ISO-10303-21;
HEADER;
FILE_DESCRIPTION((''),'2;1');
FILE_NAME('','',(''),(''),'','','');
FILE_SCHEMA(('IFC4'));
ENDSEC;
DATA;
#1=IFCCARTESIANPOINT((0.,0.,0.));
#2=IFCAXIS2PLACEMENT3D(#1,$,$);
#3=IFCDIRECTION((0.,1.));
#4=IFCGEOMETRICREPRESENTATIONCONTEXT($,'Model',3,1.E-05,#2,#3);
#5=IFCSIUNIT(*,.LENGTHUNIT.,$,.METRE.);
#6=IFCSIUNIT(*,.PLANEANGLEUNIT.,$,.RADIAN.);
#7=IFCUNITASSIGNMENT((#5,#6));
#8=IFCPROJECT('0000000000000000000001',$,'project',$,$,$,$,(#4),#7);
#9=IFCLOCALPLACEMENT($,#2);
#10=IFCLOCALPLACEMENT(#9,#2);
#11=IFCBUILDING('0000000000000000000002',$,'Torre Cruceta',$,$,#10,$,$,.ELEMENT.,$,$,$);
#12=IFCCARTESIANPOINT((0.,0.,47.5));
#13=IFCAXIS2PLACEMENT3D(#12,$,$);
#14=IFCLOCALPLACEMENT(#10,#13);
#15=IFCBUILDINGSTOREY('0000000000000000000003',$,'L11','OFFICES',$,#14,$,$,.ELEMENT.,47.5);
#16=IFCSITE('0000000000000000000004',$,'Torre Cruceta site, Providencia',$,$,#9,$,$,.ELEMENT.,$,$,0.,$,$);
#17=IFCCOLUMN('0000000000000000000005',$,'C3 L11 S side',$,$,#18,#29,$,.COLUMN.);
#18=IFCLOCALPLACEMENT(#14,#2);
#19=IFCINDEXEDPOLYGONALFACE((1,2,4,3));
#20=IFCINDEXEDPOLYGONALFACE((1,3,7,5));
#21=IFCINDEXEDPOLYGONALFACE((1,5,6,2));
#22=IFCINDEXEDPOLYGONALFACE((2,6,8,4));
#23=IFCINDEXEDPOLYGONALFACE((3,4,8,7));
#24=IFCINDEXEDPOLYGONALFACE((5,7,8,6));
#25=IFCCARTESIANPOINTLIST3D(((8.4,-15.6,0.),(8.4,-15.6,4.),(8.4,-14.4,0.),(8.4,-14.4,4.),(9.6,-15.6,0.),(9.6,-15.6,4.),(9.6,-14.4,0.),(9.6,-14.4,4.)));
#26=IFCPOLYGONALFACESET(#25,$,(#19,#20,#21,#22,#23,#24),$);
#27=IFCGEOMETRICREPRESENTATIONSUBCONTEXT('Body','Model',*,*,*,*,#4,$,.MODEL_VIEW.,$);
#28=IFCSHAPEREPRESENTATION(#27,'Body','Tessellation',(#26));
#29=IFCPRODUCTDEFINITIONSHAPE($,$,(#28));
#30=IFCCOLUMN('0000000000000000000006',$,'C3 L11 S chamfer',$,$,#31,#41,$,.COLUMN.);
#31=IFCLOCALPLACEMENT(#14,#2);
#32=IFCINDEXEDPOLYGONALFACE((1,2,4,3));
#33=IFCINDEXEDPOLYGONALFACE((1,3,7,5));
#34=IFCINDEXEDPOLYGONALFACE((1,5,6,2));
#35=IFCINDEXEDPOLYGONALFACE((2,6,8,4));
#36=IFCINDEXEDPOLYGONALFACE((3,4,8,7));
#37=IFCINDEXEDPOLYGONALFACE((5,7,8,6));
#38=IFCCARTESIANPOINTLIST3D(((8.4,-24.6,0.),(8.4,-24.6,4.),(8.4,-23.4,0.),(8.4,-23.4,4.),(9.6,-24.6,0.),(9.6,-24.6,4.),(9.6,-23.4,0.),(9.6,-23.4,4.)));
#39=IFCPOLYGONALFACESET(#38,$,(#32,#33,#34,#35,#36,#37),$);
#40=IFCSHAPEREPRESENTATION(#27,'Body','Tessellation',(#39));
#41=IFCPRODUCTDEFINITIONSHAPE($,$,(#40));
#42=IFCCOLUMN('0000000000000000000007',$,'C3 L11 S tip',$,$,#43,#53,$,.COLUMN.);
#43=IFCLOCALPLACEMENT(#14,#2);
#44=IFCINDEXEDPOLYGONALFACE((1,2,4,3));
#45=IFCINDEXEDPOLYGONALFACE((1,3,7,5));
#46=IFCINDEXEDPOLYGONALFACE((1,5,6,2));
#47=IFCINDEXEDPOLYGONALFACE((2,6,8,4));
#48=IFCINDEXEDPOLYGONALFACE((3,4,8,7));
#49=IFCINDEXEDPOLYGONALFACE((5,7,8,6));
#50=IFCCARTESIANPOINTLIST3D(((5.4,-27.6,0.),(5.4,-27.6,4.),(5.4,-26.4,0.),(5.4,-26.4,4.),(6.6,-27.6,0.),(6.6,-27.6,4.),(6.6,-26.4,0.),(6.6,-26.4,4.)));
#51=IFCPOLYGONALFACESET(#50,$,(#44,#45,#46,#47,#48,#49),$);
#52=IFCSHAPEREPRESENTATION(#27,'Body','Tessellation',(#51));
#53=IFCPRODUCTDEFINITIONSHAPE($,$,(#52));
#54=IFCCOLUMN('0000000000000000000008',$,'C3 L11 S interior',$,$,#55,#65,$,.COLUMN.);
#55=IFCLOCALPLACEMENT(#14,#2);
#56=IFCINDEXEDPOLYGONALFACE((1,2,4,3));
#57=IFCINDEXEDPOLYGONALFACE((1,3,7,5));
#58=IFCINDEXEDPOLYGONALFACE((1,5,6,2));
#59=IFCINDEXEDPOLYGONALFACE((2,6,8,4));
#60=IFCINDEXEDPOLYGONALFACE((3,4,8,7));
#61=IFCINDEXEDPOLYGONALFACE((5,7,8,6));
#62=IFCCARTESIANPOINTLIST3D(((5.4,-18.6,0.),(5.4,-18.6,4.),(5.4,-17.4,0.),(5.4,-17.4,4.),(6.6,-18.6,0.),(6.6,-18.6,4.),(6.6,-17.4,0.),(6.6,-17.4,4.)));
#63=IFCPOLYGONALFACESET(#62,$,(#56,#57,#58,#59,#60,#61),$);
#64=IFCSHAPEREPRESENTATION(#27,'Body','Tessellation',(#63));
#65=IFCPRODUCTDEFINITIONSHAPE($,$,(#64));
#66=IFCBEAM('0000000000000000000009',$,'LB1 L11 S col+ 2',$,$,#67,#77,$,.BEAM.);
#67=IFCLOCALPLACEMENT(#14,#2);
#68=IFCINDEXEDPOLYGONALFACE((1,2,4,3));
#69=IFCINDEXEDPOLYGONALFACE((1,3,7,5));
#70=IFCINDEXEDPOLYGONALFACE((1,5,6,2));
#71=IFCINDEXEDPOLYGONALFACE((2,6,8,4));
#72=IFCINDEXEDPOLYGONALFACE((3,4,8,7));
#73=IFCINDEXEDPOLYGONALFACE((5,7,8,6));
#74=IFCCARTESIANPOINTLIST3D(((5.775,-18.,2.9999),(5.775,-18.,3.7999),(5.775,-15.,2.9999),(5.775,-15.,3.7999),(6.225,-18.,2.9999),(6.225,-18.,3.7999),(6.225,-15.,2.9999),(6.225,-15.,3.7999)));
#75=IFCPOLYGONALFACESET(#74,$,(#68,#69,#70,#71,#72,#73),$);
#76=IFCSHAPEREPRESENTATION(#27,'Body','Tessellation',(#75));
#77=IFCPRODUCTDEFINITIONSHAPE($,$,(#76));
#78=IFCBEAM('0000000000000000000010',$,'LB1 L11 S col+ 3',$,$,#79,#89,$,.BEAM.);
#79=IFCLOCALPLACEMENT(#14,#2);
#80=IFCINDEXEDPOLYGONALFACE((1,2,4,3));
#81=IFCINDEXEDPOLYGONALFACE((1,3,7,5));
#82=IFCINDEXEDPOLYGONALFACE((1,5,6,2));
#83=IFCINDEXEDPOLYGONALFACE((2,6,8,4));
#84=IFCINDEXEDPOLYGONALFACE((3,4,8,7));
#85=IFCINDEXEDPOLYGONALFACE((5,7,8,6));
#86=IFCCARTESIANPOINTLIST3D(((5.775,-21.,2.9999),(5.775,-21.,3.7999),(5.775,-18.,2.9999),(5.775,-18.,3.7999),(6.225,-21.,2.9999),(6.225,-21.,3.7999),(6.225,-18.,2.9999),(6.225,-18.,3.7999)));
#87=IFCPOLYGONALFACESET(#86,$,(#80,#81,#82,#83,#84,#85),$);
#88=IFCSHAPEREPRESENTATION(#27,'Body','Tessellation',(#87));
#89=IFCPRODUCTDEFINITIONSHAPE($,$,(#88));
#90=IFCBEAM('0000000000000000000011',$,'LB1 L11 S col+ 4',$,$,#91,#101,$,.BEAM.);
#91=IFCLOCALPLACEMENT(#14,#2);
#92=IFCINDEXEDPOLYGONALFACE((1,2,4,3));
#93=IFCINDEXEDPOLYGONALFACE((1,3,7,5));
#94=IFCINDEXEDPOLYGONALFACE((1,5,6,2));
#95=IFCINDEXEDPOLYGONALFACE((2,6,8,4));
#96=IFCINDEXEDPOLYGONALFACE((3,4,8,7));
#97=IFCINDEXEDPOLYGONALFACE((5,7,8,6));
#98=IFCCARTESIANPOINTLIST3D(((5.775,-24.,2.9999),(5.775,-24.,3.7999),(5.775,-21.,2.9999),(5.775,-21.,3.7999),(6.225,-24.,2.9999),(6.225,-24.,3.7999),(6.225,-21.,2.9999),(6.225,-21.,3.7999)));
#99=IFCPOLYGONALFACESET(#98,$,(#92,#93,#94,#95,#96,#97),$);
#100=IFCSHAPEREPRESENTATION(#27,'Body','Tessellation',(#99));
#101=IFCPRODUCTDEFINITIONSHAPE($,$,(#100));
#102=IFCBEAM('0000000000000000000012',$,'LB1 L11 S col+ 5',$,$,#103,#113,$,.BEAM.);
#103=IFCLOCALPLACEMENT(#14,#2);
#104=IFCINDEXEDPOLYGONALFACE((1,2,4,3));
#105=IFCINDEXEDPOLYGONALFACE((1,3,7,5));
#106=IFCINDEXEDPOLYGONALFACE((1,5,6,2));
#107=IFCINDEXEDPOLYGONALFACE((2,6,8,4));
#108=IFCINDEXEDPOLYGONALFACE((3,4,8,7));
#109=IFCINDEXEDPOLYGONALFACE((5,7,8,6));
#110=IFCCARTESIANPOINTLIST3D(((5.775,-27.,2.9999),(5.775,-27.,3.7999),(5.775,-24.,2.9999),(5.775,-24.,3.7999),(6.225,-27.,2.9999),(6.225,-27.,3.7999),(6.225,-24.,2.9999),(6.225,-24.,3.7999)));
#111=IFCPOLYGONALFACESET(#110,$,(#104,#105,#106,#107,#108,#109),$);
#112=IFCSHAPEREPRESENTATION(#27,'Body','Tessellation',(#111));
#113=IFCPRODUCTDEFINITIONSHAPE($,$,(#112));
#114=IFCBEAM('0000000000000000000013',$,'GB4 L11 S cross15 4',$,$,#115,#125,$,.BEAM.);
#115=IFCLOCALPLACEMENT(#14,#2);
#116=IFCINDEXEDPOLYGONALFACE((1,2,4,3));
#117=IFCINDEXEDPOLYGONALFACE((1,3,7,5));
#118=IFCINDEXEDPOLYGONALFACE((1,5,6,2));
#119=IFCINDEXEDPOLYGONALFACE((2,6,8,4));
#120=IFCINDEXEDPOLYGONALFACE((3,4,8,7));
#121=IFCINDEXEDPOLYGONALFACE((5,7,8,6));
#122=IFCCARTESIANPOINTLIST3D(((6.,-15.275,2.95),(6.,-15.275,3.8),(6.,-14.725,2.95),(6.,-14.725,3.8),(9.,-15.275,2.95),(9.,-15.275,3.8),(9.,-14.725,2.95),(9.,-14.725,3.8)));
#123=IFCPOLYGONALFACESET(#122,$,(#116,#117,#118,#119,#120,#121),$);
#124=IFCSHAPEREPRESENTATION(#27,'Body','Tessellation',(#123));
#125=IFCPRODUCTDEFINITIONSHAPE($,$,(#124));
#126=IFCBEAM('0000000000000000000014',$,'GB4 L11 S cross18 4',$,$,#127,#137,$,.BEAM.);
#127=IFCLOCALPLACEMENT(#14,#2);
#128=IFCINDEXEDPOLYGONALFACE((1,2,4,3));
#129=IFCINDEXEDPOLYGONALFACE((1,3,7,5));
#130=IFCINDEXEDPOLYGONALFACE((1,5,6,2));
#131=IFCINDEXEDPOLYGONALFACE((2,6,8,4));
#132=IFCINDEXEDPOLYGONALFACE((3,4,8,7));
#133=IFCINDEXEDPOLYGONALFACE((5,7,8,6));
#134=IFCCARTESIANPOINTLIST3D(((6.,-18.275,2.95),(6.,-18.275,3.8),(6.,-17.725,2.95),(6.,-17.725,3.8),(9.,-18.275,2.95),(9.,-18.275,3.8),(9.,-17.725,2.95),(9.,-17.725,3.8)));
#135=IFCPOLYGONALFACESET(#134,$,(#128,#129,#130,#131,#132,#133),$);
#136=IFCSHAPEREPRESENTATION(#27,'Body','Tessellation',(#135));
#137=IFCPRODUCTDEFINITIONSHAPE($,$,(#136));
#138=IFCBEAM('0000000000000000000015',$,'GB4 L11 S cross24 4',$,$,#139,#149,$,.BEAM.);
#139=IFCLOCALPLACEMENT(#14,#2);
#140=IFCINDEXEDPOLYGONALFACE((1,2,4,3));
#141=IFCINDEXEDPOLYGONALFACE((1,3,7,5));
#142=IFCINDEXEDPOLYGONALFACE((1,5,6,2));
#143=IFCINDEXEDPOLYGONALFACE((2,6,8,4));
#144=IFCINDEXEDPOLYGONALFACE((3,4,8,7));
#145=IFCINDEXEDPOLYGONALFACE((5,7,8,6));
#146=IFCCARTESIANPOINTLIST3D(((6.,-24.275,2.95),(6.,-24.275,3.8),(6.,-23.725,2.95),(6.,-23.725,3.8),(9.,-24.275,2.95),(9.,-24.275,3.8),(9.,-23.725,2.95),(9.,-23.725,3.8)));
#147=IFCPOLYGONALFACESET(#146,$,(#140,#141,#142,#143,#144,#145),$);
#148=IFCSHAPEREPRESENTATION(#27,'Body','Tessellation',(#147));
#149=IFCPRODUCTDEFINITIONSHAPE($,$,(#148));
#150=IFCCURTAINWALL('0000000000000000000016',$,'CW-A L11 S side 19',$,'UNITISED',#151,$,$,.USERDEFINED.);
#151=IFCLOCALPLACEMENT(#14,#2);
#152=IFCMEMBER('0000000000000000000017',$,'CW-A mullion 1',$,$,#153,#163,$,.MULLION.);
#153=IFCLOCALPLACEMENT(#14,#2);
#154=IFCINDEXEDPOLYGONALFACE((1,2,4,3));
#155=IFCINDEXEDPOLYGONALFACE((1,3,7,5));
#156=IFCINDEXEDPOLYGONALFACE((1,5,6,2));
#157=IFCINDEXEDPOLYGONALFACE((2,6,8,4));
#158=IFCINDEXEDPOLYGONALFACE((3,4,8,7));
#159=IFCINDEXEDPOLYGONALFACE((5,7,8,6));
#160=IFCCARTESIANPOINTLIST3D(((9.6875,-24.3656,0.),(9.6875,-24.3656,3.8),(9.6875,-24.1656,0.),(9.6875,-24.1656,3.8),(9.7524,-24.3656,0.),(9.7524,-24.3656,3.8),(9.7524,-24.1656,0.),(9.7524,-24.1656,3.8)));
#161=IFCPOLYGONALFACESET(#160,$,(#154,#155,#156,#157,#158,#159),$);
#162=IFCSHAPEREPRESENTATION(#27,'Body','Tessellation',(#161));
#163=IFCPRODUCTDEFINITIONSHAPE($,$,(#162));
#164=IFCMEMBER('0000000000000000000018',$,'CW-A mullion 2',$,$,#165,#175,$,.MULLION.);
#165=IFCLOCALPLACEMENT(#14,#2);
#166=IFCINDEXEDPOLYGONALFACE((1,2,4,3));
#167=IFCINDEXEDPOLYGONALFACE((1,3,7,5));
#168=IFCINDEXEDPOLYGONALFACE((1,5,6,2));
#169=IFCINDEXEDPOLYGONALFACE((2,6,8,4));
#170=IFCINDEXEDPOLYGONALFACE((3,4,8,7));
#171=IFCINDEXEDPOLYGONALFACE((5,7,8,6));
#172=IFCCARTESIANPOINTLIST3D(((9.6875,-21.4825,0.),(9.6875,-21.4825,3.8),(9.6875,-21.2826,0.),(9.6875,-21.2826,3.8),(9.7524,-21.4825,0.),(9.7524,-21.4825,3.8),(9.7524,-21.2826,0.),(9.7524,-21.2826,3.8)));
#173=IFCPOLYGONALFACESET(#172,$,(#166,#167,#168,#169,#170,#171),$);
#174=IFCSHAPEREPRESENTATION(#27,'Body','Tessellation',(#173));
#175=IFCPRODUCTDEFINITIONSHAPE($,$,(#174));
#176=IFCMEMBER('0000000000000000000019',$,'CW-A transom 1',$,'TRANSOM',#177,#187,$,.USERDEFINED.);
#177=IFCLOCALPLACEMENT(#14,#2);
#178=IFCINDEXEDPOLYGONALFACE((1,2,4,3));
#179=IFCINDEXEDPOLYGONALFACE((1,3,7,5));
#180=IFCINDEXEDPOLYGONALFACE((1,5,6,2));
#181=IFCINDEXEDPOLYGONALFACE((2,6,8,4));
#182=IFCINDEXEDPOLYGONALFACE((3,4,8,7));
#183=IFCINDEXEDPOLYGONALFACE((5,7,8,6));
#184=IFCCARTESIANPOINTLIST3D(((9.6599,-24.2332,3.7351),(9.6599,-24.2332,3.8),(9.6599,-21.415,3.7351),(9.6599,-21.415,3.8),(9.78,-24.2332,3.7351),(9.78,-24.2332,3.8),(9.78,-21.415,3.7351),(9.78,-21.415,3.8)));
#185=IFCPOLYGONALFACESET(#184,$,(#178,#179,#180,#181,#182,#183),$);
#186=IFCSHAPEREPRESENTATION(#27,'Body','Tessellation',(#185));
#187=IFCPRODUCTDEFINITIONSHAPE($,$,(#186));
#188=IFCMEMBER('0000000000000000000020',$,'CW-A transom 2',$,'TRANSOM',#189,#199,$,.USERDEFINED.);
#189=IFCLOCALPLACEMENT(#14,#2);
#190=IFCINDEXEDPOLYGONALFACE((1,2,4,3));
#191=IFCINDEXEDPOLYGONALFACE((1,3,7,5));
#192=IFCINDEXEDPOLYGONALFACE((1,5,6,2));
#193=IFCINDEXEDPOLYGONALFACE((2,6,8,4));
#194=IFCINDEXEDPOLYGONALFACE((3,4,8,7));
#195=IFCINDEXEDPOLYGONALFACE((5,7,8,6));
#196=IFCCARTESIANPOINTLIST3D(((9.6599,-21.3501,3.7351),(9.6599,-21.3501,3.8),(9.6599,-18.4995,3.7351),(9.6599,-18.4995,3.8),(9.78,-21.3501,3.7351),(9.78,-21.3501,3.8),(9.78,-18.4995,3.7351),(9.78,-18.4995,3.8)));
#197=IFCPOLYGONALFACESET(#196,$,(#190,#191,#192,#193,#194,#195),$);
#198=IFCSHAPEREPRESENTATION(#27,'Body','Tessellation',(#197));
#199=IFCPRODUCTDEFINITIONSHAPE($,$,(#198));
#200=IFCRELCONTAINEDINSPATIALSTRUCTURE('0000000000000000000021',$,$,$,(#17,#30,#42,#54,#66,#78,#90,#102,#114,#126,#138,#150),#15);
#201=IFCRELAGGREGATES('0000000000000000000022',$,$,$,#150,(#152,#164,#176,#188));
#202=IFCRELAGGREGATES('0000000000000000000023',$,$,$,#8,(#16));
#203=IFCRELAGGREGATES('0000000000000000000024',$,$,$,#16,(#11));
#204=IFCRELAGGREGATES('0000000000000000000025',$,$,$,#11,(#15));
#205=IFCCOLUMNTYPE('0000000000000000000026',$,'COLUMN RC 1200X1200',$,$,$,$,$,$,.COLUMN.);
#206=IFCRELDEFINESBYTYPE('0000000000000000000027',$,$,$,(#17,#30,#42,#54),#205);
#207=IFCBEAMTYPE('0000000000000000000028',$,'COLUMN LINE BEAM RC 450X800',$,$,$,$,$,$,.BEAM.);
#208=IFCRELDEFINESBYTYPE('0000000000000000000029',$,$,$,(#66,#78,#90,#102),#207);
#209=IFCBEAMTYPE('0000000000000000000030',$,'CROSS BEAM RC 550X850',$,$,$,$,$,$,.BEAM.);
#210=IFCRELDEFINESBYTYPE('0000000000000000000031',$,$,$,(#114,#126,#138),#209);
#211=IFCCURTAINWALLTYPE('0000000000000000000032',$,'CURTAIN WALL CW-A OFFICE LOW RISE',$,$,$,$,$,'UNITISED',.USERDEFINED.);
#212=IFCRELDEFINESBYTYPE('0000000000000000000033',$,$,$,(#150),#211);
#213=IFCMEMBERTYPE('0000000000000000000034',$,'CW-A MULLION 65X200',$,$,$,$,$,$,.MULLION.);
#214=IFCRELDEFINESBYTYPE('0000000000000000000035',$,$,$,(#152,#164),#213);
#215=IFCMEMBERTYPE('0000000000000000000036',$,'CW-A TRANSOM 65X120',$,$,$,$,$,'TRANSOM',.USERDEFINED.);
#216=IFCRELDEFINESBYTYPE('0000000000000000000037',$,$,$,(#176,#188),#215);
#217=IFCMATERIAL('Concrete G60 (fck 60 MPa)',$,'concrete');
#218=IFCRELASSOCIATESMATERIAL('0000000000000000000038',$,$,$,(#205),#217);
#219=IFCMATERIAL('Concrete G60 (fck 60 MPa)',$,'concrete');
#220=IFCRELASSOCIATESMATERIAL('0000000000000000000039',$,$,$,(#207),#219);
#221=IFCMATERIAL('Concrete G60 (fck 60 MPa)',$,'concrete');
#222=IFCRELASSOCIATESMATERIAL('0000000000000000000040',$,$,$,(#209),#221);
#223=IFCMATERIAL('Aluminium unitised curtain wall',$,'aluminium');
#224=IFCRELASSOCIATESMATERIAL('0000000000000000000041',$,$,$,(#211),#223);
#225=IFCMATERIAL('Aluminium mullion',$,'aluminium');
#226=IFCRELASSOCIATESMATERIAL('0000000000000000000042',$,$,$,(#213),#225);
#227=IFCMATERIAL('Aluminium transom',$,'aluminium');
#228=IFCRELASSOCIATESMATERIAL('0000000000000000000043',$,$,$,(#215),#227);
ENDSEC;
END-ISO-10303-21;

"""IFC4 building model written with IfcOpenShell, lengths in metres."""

from ifc_helpers import new_model, si_unit, direction, frame, origin, origin_2d, place, context, subcontext, project, spatial, rectangle, extrude, material, material_profile, profile_set, type_object, element, aggregate, save


model = new_model("IFC4")

# Units and contexts
model_context = context("Model", 3, precision=1e-05, world=origin(), true_north=direction((0.0, 1.0)))
body_context = subcontext(model_context, "Body", "Model", "MODEL_VIEW")
ifc_project = project(units=[si_unit("LENGTHUNIT", "METRE"), si_unit("PLANEANGLEUNIT", "RADIAN")], contexts=[model_context])

# Site, building, storey
site_placement = place(None, origin())
site = spatial("IfcSite", under=ifc_project, at=site_placement, Name="Torre Cruceta site, Providencia", CompositionType="ELEMENT", RefElevation=0.0)
building_placement = place(site_placement, origin())
building = spatial("IfcBuilding", under=site, at=building_placement, Name="Torre Cruceta", CompositionType="ELEMENT")
storey_placement = place(building_placement, frame((0.0, 0.0, 47.5)))
storey = spatial("IfcBuildingStorey", under=building, at=storey_placement, Name="L11", Description="OFFICES", CompositionType="ELEMENT", Elevation=47.5)

# Columns
ifc_material_1 = material(Name="Concrete G60 (fck 60 MPa)", Category="concrete")
ifc_material_profile_1 = material_profile(ifc_material_1, rectangle(XDim=1.2, YDim=1.2, at=origin_2d()), Name="RC 1200X1200")
ifc_profile_set_1 = profile_set([ifc_material_profile_1], Name="Concrete G60 (fck 60 MPa)")
column_type = type_object("IfcColumnType", Name="COLUMN RC 1200X1200", PredefinedType="COLUMN", material=ifc_profile_set_1)
for number, where, z_axis, x_axis, name in (
    (1, (9.0, -15.0, 0.0), (0.0, 0.0, 1.0), (1.0, 0.0, 0.0), "C3 L11 S side"),
    (2, (9.0, -24.0, 0.0), (0.0, 0.0, 1.0), (1.0, 0.0, 0.0), "C3 L11 S chamfer"),
    (3, (6.0, -27.0, 0.0), (0.0, 0.0, 1.0), (1.0, 0.0, 0.0), "C3 L11 S tip"),
    (4, (6.0, -18.0, 0.0), (0.0, 0.0, 1.0), (1.0, 0.0, 0.0), "C3 L11 S interior"),
):
    element("IfcColumn", number, at=place(storey_placement, frame(where, z_axis=z_axis, x_axis=x_axis)), inside=storey, type_object=column_type, Name=name, PredefinedType="COLUMN", context=body_context, shape_type="SweptSolid", body=[
        extrude(rectangle(XDim=1.2, YDim=1.2, at=origin_2d()), origin(), (0.0, 0.0, 1.0), 4.0),
    ])

# Beams
ifc_material_2 = material(Name="Concrete G60 (fck 60 MPa)", Category="concrete")
ifc_material_profile_2 = material_profile(ifc_material_2, rectangle(XDim=0.45, YDim=0.8, at=origin_2d()), Name="RC 450X800")
ifc_profile_set_2 = profile_set([ifc_material_profile_2], Name="Concrete G60 (fck 60 MPa)")
beam_type_1 = type_object("IfcBeamType", Name="COLUMN LINE BEAM RC 450X800", PredefinedType="BEAM", material=ifc_profile_set_2)
for number, where, z_axis, x_axis, name in (
    (5, (6.0, -15.0, 3.3999), (0.0, -1.0, 0.0), (1.0, 0.0, 0.0), "LB1 L11 S col+ 2"),
    (6, (6.0, -18.0, 3.3999), (0.0, -1.0, 0.0), (1.0, 0.0, 0.0), "LB1 L11 S col+ 3"),
    (7, (6.0, -21.0, 3.3999), (0.0, -1.0, 0.0), (1.0, 0.0, 0.0), "LB1 L11 S col+ 4"),
    (8, (6.0, -24.0, 3.3999), (0.0, -1.0, 0.0), (1.0, 0.0, 0.0), "LB1 L11 S col+ 5"),
):
    element("IfcBeam", number, at=place(storey_placement, frame(where, z_axis=z_axis, x_axis=x_axis)), inside=storey, type_object=beam_type_1, Name=name, PredefinedType="BEAM", context=body_context, shape_type="SweptSolid", body=[
        extrude(rectangle(XDim=0.45, YDim=0.8, at=origin_2d()), origin(), (0.0, 0.0, 1.0), 3.0),
    ])
ifc_material_3 = material(Name="Concrete G60 (fck 60 MPa)", Category="concrete")
ifc_material_profile_3 = material_profile(ifc_material_3, rectangle(XDim=0.55, YDim=0.8501, at=origin_2d()), Name="RC 550X850")
ifc_profile_set_3 = profile_set([ifc_material_profile_3], Name="Concrete G60 (fck 60 MPa)")
beam_type_2 = type_object("IfcBeamType", Name="CROSS BEAM RC 550X850", PredefinedType="BEAM", material=ifc_profile_set_3)
for number, where, z_axis, x_axis, name in (
    (9, (6.0, -15.0, 3.375), (1.0, 0.0, 0.0), (0.0, 1.0, 0.0), "GB4 L11 S cross15 4"),
    (10, (6.0, -18.0, 3.375), (1.0, 0.0, 0.0), (0.0, 1.0, 0.0), "GB4 L11 S cross18 4"),
    (11, (6.0, -24.0, 3.375), (1.0, 0.0, 0.0), (0.0, 1.0, 0.0), "GB4 L11 S cross24 4"),
):
    element("IfcBeam", number, at=place(storey_placement, frame(where, z_axis=z_axis, x_axis=x_axis)), inside=storey, type_object=beam_type_2, Name=name, PredefinedType="BEAM", context=body_context, shape_type="SweptSolid", body=[
        extrude(rectangle(XDim=0.55, YDim=0.8501, at=origin_2d()), origin(), (0.0, 0.0, 1.0), 3.0),
    ])

# Curtain wall, members
ifc_material_4 = material(Name="Aluminium unitised curtain wall", Category="aluminium")
curtain_wall_type = type_object("IfcCurtainWallType", Name="CURTAIN WALL CW-A OFFICE LOW RISE", ElementType="UNITISED", PredefinedType="USERDEFINED", material=ifc_material_4)
curtain_wall_placement = place(storey_placement, origin())
curtain_wall = element("IfcCurtainWall", 12, at=curtain_wall_placement, inside=storey, type_object=curtain_wall_type, Name="CW-A L11 S side 19", ObjectType="UNITISED", PredefinedType="USERDEFINED")
ifc_material_5 = material(Name="Aluminium mullion", Category="aluminium")
ifc_material_profile_4 = material_profile(ifc_material_5, rectangle(XDim=0.0649, YDim=0.2, at=origin_2d()), Name="AL 65X200")
ifc_profile_set_4 = profile_set([ifc_material_profile_4], Name="Aluminium mullion")
member_type_1 = type_object("IfcMemberType", Name="CW-A MULLION 65X200", PredefinedType="MULLION", material=ifc_profile_set_4)
member_1_placement = place(storey_placement, frame((9.72, -24.2656, 0.0), z_axis=(0.0, 0.0, 1.0), x_axis=(-1.0, 0.0, 0.0)))
member_1 = element("IfcMember", 13, at=member_1_placement, type_object=member_type_1, Name="CW-A mullion 1", PredefinedType="MULLION", context=body_context, shape_type="SweptSolid", body=[
    extrude(rectangle(XDim=0.0649, YDim=0.2, at=origin_2d()), origin(), (0.0, 0.0, 1.0), 3.8),
])
member_2_placement = place(storey_placement, frame((9.72, -21.3826, 0.0), z_axis=(0.0, 0.0, 1.0), x_axis=(-1.0, 0.0, 0.0)))
member_2 = element("IfcMember", 14, at=member_2_placement, type_object=member_type_1, Name="CW-A mullion 2", PredefinedType="MULLION", context=body_context, shape_type="SweptSolid", body=[
    extrude(rectangle(XDim=0.0649, YDim=0.2, at=origin_2d()), origin(), (0.0, 0.0, 1.0), 3.8),
])
ifc_material_6 = material(Name="Aluminium transom", Category="aluminium")
ifc_material_profile_5 = material_profile(ifc_material_6, rectangle(XDim=0.1201, YDim=0.0649, at=origin_2d()), Name="AL 120X65")
ifc_profile_set_5 = profile_set([ifc_material_profile_5], Name="Aluminium transom")
member_type_2 = type_object("IfcMemberType", Name="CW-A TRANSOM 65X120", ElementType="TRANSOM", PredefinedType="USERDEFINED", material=ifc_profile_set_5)
member_3_placement = place(storey_placement, frame((9.72, -24.2332, 3.7676), z_axis=(0.0, 1.0, 0.0), x_axis=(-1.0, 0.0, 0.0)))
member_3 = element("IfcMember", 15, at=member_3_placement, type_object=member_type_2, Name="CW-A transom 1", ObjectType="TRANSOM", PredefinedType="USERDEFINED", context=body_context, shape_type="SweptSolid", body=[
    extrude(rectangle(XDim=0.1201, YDim=0.0649, at=origin_2d()), origin(), (0.0, 0.0, 1.0), 2.8181),
])
member_4_placement = place(storey_placement, frame((9.72, -21.3501, 3.7676), z_axis=(0.0, 1.0, 0.0), x_axis=(-1.0, 0.0, 0.0)))
member_4 = element("IfcMember", 16, at=member_4_placement, type_object=member_type_2, Name="CW-A transom 2", ObjectType="TRANSOM", PredefinedType="USERDEFINED", context=body_context, shape_type="SweptSolid", body=[
    extrude(rectangle(XDim=0.1201, YDim=0.0649, at=origin_2d()), origin(), (0.0, 0.0, 1.0), 2.8506),
])

aggregate(curtain_wall, [member_1, member_2, member_3, member_4])

save(model, "model.ifc")
